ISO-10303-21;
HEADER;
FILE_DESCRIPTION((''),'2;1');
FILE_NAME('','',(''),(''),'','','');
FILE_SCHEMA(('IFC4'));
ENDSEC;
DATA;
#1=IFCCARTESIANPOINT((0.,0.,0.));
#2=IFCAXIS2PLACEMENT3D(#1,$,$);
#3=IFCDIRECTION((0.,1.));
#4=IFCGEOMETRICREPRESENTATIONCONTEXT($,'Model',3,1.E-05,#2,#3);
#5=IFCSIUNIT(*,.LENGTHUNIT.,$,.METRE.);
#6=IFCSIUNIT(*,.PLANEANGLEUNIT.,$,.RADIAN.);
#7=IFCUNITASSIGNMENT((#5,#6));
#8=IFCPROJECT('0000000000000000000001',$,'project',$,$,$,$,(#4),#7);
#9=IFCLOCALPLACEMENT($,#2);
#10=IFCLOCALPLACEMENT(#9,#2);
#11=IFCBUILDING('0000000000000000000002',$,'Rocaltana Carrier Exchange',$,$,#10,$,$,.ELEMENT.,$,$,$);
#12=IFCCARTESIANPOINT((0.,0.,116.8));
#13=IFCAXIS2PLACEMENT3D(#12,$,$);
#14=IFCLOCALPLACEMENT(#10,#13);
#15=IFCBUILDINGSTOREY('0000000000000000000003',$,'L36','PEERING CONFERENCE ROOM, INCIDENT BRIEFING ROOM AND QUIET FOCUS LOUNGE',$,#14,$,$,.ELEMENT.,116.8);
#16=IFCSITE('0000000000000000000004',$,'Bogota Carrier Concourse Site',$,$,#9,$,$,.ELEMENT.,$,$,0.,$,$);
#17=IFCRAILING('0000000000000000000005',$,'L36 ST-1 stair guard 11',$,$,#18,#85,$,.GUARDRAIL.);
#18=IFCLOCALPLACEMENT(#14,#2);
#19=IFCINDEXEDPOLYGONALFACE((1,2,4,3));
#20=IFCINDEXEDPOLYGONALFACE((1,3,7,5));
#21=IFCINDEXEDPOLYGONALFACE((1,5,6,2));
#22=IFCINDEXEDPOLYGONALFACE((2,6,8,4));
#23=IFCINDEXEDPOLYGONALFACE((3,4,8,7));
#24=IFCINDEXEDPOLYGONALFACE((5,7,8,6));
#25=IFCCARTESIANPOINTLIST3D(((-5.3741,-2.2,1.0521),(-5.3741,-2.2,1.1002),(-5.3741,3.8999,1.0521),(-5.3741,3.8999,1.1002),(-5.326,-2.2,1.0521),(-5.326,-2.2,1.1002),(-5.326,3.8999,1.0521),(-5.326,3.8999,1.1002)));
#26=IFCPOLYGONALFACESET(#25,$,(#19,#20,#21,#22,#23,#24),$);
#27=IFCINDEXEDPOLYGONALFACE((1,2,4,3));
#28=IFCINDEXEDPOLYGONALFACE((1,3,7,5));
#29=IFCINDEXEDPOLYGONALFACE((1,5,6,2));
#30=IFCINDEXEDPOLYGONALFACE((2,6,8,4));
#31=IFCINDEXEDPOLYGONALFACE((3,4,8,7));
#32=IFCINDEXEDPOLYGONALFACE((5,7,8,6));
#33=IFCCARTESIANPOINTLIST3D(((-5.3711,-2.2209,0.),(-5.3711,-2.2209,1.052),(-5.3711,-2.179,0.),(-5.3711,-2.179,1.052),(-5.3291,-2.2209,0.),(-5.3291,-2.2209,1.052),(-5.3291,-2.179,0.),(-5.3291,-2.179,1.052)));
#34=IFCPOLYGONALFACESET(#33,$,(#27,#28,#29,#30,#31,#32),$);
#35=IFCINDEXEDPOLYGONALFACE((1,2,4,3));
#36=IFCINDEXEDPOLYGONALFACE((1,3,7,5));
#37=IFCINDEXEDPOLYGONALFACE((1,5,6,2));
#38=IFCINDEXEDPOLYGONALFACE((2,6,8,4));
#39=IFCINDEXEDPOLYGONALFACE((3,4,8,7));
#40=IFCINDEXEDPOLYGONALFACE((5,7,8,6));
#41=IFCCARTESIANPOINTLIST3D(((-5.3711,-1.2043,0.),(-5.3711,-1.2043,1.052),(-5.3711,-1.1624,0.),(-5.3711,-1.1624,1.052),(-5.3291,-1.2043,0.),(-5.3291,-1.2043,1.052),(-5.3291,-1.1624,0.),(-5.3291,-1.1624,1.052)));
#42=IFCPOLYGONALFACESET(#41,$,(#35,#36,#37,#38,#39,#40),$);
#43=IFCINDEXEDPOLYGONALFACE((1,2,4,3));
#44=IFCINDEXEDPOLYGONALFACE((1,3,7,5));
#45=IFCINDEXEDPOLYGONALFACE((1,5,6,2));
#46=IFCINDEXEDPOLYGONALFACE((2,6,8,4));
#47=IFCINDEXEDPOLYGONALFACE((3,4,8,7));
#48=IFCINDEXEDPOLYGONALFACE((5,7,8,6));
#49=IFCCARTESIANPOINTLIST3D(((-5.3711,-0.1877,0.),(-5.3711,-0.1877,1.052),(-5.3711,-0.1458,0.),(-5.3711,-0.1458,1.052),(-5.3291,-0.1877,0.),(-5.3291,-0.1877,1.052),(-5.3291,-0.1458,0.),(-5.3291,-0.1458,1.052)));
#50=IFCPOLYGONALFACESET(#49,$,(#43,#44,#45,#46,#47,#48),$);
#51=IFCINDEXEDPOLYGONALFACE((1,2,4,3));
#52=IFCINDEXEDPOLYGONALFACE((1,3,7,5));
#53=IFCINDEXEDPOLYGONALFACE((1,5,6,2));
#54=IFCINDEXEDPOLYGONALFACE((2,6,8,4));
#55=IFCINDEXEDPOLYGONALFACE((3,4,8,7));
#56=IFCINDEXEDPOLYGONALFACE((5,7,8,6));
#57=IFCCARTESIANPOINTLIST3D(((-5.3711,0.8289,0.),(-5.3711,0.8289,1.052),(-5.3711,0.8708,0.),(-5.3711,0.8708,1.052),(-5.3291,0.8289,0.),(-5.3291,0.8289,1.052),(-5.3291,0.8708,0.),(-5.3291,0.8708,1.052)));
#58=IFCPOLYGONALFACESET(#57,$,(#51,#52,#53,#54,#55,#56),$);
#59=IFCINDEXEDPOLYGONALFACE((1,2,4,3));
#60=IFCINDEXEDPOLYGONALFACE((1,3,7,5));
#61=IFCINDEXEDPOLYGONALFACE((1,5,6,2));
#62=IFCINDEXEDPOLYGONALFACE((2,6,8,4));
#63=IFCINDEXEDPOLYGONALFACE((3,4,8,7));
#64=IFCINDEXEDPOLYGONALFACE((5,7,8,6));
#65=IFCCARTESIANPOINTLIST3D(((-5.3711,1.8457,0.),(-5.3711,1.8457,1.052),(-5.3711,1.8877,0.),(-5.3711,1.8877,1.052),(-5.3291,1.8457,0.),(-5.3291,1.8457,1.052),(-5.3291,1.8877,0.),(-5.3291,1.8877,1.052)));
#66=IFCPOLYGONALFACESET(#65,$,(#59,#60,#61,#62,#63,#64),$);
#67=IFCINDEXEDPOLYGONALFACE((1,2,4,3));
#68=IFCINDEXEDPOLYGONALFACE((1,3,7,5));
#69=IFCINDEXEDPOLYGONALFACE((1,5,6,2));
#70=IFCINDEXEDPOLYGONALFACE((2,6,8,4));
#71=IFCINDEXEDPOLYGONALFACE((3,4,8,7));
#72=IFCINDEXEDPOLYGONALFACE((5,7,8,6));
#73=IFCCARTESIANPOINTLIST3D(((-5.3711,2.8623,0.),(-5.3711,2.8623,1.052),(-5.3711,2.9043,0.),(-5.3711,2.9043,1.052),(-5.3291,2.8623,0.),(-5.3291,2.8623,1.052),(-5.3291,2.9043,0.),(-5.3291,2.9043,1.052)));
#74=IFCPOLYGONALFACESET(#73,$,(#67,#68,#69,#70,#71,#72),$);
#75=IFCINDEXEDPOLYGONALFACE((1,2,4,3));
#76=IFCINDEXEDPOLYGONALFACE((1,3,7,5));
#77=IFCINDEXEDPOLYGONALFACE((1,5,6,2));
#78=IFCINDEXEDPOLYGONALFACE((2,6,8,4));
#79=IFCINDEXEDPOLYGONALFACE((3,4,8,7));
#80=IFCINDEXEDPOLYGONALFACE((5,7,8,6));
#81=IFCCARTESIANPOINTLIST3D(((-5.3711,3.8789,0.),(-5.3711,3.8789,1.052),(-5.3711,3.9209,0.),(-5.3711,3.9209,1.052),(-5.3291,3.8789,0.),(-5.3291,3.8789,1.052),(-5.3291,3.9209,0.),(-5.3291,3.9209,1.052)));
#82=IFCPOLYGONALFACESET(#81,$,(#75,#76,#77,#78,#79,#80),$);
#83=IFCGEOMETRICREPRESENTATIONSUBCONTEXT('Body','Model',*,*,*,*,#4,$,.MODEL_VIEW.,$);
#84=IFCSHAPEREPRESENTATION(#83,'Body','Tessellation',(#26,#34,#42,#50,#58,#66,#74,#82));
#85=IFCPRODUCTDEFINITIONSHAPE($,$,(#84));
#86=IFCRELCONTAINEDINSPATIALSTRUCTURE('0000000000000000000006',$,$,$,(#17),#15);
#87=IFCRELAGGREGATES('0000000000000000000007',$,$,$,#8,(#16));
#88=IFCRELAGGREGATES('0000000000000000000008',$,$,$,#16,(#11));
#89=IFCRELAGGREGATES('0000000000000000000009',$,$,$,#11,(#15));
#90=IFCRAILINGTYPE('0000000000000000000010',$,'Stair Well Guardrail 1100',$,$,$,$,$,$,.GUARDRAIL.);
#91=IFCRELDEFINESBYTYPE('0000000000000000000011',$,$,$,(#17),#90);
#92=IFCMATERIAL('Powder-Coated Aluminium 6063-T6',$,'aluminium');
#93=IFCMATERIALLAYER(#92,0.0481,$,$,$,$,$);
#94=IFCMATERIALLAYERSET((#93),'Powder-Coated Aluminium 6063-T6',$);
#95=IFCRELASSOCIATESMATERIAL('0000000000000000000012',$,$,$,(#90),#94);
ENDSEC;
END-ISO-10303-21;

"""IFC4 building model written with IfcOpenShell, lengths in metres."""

from ifc_helpers import new_model, si_unit, direction, frame, origin, origin_2d, place, context, subcontext, project, spatial, rectangle, extrude, material, layer, layer_set, type_object, element, save


model = new_model("IFC4")

# Units and contexts
model_context = context("Model", 3, precision=1e-05, world=origin(), true_north=direction((0.0, 1.0)))
body_context = subcontext(model_context, "Body", "Model", "MODEL_VIEW")
ifc_project = project(units=[si_unit("LENGTHUNIT", "METRE"), si_unit("PLANEANGLEUNIT", "RADIAN")], contexts=[model_context])

# Site, building, storey
site_placement = place(None, origin())
site = spatial("IfcSite", under=ifc_project, at=site_placement, Name="Bogota Carrier Concourse Site", CompositionType="ELEMENT", RefElevation=0.0)
building_placement = place(site_placement, origin())
building = spatial("IfcBuilding", under=site, at=building_placement, Name="Rocaltana Carrier Exchange", CompositionType="ELEMENT")
storey_placement = place(building_placement, frame((0.0, 0.0, 116.8)))
storey = spatial("IfcBuildingStorey", under=building, at=storey_placement, Name="L36", Description="PEERING CONFERENCE ROOM, INCIDENT BRIEFING ROOM AND QUIET FOCUS LOUNGE", CompositionType="ELEMENT", Elevation=116.8)

# Railing
ifc_material_1 = material(Name="Powder-Coated Aluminium 6063-T6", Category="aluminium")
ifc_layer_1 = layer(ifc_material_1, 0.0481)
ifc_layer_set_1 = layer_set([ifc_layer_1], Name="Powder-Coated Aluminium 6063-T6")
railing_type_1 = type_object("IfcRailingType", Name="Stair Well Guardrail 1100", PredefinedType="GUARDRAIL", material=ifc_layer_set_1)
for number, where, name in (
    (1, (-5.3501, -2.2, 0.0), "L36 ST-1 stair guard 11"),
):
    element("IfcRailing", number, at=place(storey_placement, frame(where)), inside=storey, type_object=railing_type_1, Name=name, PredefinedType="GUARDRAIL", context=body_context, shape_type="SweptSolid", body=[
        extrude(rectangle(XDim=0.0481, YDim=0.0481, at=origin_2d()), frame((0.0, 0.0, 1.0762), z_axis=(0.0, 1.0, 0.0), x_axis=(-1.0, 0.0, 0.0)), (0.0, 0.0, 1.0), 6.0999),
        extrude(rectangle(XDim=0.042, YDim=0.042, at=origin_2d()), origin(), (0.0, 0.0, 1.0), 1.052),
        extrude(rectangle(XDim=0.042, YDim=0.042, at=origin_2d()), frame((0.0, 1.0166, 0.0)), (0.0, 0.0, 1.0), 1.052),
        extrude(rectangle(XDim=0.042, YDim=0.042, at=origin_2d()), frame((0.0, 2.0332, 0.0)), (0.0, 0.0, 1.0), 1.052),
        extrude(rectangle(XDim=0.042, YDim=0.042, at=origin_2d()), frame((0.0, 3.0498, 0.0)), (0.0, 0.0, 1.0), 1.052),
        extrude(rectangle(XDim=0.042, YDim=0.042, at=origin_2d()), frame((0.0, 4.0667, 0.0)), (0.0, 0.0, 1.0), 1.052),
        extrude(rectangle(XDim=0.042, YDim=0.042, at=origin_2d()), frame((0.0, 5.0833, 0.0)), (0.0, 0.0, 1.0), 1.052),
        extrude(rectangle(XDim=0.042, YDim=0.042, at=origin_2d()), frame((0.0, 6.0999, 0.0)), (0.0, 0.0, 1.0), 1.052),
    ])

save(model, "model.ifc")
